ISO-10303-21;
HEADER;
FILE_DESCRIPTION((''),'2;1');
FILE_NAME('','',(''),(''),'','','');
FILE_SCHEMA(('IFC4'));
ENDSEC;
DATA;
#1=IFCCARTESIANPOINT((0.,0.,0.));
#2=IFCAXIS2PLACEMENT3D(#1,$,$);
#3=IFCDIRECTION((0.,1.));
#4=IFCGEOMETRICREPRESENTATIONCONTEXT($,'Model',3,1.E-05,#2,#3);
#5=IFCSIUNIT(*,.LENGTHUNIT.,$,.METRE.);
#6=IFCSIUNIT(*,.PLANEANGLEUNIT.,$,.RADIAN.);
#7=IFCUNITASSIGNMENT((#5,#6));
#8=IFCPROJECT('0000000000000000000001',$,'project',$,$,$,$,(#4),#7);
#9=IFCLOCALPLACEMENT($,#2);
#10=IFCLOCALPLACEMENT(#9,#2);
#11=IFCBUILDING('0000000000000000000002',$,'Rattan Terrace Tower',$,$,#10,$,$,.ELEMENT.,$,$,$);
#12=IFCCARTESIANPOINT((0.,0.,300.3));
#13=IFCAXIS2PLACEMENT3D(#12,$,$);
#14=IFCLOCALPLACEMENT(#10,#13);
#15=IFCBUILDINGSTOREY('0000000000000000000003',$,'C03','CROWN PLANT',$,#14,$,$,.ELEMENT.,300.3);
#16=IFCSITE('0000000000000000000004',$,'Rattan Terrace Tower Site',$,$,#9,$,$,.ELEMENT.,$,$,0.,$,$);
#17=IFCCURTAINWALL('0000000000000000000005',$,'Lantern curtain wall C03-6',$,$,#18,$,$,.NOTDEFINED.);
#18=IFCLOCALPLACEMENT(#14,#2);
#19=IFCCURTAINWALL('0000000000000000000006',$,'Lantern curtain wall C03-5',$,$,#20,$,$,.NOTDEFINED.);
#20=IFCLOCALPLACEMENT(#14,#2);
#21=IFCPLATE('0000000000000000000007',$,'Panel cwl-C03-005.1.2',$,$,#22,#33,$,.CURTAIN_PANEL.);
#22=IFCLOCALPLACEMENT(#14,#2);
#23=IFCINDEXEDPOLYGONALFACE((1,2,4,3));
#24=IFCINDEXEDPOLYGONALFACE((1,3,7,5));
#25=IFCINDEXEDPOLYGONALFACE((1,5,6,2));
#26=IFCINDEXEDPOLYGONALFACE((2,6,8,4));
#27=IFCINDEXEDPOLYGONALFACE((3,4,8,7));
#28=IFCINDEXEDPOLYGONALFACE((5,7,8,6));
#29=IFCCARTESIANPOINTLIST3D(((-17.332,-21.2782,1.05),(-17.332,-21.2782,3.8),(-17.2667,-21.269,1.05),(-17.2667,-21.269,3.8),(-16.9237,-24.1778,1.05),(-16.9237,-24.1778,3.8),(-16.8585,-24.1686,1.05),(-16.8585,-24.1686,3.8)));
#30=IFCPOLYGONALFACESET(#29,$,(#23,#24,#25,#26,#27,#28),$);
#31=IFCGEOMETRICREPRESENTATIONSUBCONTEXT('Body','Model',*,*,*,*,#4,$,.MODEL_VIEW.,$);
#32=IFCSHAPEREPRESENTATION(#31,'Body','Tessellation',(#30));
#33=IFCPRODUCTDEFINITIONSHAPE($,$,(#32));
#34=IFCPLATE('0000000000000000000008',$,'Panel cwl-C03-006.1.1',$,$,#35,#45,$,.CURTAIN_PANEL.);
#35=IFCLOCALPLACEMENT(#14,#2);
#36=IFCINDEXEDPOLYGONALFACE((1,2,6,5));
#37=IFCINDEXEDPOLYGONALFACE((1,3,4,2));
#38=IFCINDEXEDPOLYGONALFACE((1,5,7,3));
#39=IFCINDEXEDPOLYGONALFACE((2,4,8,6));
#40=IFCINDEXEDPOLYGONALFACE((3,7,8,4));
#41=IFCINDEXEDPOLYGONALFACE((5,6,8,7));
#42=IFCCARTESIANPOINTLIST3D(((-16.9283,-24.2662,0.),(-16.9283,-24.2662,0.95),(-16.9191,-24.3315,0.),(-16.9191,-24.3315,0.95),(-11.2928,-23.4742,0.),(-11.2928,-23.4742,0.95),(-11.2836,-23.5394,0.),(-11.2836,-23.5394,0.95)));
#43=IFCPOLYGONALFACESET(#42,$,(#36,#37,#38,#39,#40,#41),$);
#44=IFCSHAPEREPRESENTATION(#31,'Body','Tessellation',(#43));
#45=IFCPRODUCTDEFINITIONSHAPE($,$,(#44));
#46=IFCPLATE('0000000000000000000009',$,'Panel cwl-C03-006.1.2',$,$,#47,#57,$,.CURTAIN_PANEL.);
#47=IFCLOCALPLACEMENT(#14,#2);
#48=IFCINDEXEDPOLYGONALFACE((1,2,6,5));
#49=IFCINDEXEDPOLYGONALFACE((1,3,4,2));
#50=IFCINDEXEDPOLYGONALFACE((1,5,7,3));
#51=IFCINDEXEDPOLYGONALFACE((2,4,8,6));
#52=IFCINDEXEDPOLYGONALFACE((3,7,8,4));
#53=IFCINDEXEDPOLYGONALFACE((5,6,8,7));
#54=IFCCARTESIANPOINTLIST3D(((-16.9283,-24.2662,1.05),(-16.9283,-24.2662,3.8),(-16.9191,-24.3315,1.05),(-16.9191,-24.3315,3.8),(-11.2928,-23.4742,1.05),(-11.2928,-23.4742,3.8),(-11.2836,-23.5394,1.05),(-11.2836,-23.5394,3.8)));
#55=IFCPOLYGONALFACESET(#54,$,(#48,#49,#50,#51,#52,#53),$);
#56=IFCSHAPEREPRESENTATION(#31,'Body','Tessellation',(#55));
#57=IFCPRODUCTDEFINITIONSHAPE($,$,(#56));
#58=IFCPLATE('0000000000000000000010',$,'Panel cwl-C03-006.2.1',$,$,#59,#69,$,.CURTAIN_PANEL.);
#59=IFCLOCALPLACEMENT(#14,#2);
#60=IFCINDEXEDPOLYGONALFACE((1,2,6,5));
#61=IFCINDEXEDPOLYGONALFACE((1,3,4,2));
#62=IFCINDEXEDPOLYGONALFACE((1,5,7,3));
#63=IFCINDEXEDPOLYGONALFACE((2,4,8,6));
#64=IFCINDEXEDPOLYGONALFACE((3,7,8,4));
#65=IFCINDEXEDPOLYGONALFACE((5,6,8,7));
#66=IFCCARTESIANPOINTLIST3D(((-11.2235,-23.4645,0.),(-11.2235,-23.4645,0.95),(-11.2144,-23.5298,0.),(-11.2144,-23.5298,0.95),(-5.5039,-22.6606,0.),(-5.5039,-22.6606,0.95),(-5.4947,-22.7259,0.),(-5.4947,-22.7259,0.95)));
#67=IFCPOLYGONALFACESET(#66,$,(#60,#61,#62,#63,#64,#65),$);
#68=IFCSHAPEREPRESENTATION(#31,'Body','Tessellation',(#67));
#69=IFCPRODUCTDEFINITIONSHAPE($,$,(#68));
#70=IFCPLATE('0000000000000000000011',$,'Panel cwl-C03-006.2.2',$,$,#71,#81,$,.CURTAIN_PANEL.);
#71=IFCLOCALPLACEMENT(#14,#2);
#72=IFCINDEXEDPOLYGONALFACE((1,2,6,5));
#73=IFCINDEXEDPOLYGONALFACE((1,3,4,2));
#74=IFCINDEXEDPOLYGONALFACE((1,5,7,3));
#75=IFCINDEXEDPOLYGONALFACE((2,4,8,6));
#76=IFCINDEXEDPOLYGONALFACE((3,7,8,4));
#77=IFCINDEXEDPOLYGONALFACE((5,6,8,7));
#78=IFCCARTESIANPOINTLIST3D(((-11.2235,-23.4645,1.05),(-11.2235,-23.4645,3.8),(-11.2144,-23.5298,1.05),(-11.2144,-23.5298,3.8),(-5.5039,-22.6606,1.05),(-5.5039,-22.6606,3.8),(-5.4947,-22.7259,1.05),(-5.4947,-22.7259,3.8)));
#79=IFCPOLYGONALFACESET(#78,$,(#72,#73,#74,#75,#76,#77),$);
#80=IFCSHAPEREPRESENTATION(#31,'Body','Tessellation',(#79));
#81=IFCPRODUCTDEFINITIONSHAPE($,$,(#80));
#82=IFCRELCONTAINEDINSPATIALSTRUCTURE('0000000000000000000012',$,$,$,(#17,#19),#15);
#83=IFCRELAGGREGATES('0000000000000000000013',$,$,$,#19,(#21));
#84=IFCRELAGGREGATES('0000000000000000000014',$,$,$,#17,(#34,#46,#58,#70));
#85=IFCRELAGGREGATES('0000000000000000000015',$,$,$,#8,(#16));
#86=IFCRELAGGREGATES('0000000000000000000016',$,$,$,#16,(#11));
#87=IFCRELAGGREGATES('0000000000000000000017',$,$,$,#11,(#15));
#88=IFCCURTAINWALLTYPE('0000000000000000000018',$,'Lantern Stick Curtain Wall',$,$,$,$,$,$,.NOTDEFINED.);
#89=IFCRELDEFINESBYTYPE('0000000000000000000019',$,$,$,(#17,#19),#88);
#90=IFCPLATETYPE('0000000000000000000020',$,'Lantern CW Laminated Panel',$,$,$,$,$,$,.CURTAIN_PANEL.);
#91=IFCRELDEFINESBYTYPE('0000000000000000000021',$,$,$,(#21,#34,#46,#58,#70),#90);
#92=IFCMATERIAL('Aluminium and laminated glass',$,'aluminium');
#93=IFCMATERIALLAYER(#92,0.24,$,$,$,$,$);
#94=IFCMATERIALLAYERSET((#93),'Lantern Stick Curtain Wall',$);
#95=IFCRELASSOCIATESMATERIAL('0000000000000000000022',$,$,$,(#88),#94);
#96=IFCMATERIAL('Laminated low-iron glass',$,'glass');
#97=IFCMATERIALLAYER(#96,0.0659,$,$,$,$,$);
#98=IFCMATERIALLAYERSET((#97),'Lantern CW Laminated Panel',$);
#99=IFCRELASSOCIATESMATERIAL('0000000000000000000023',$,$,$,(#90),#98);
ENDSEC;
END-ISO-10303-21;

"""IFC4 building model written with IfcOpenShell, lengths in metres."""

from ifc_helpers import new_model, si_unit, direction, frame, origin, origin_2d, place, context, subcontext, project, spatial, rectangle, extrude, material, layer, layer_set, type_object, element, aggregate, save


model = new_model("IFC4")

# Units and contexts
model_context = context("Model", 3, precision=1e-05, world=origin(), true_north=direction((0.0, 1.0)))
body_context = subcontext(model_context, "Body", "Model", "MODEL_VIEW")
ifc_project = project(units=[si_unit("LENGTHUNIT", "METRE"), si_unit("PLANEANGLEUNIT", "RADIAN")], contexts=[model_context])

# Site, building, storey
site_placement = place(None, origin())
site = spatial("IfcSite", under=ifc_project, at=site_placement, Name="Rattan Terrace Tower Site", CompositionType="ELEMENT", RefElevation=0.0)
building_placement = place(site_placement, origin())
building = spatial("IfcBuilding", under=site, at=building_placement, Name="Rattan Terrace Tower", CompositionType="ELEMENT")
storey_placement = place(building_placement, frame((0.0, 0.0, 300.3)))
storey = spatial("IfcBuildingStorey", under=building, at=storey_placement, Name="C03", Description="CROWN PLANT", CompositionType="ELEMENT", Elevation=300.3)

# Curtain wall
ifc_material_1 = material(Name="Aluminium and laminated glass", Category="aluminium")
ifc_layer_1 = layer(ifc_material_1, 0.24)
ifc_layer_set_1 = layer_set([ifc_layer_1], Name="Lantern Stick Curtain Wall")
curtain_wall_type = type_object("IfcCurtainWallType", Name="Lantern Stick Curtain Wall", PredefinedType="NOTDEFINED", material=ifc_layer_set_1)
curtain_wall_1_placement = place(storey_placement, origin())
curtain_wall_1 = element("IfcCurtainWall", 1, at=curtain_wall_1_placement, inside=storey, type_object=curtain_wall_type, Name="Lantern curtain wall C03-6", PredefinedType="NOTDEFINED")

# Curtain wall, plate
curtain_wall_2_placement = place(storey_placement, origin())
curtain_wall_2 = element("IfcCurtainWall", 2, at=curtain_wall_2_placement, inside=storey, type_object=curtain_wall_type, Name="Lantern curtain wall C03-5", PredefinedType="NOTDEFINED")
ifc_material_2 = material(Name="Laminated low-iron glass", Category="glass")
ifc_layer_2 = layer(ifc_material_2, 0.0659)
ifc_layer_set_2 = layer_set([ifc_layer_2], Name="Lantern CW Laminated Panel")
plate_type = type_object("IfcPlateType", Name="Lantern CW Laminated Panel", PredefinedType="CURTAIN_PANEL", material=ifc_layer_set_2)
plate_1_placement = place(storey_placement, frame((-17.0952, -22.7234, 1.05), z_axis=(0.0, 0.0, 1.0), x_axis=(0.139413, -0.990234, 0.0)))
plate_1 = element("IfcPlate", 3, at=plate_1_placement, type_object=plate_type, Name="Panel cwl-C03-005.1.2", PredefinedType="CURTAIN_PANEL", context=body_context, shape_type="SweptSolid", body=[
    extrude(rectangle(XDim=2.9282, YDim=0.0659, at=origin_2d()), origin(), (0.0, 0.0, 1.0), 2.75),
])
aggregate(curtain_wall_2, [plate_1])

# Plates
plate_2_placement = place(storey_placement, frame((-14.106, -23.9028, 0.0), z_axis=(0.0, 0.0, 1.0), x_axis=(0.990267, 0.139181, 0.0)))
plate_2 = element("IfcPlate", 4, at=plate_2_placement, type_object=plate_type, Name="Panel cwl-C03-006.1.1", PredefinedType="CURTAIN_PANEL", context=body_context, shape_type="SweptSolid", body=[
    extrude(rectangle(XDim=5.6909, YDim=0.0659, at=origin_2d()), origin(), (0.0, 0.0, 1.0), 0.95),
])
plate_3_placement = place(storey_placement, frame((-14.106, -23.9028, 1.05), z_axis=(0.0, 0.0, 1.0), x_axis=(0.990267, 0.139181, 0.0)))
plate_3 = element("IfcPlate", 5, at=plate_3_placement, type_object=plate_type, Name="Panel cwl-C03-006.1.2", PredefinedType="CURTAIN_PANEL", context=body_context, shape_type="SweptSolid", body=[
    extrude(rectangle(XDim=5.6909, YDim=0.0659, at=origin_2d()), origin(), (0.0, 0.0, 1.0), 2.75),
])
plate_4_placement = place(storey_placement, frame((-8.3591, -23.0952, 0.0), z_axis=(0.0, 0.0, 1.0), x_axis=(0.990267, 0.139181, 0.0)))
plate_4 = element("IfcPlate", 6, at=plate_4_placement, type_object=plate_type, Name="Panel cwl-C03-006.2.1", PredefinedType="CURTAIN_PANEL", context=body_context, shape_type="SweptSolid", body=[
    extrude(rectangle(XDim=5.7759, YDim=0.0659, at=origin_2d()), origin(), (0.0, 0.0, 1.0), 0.95),
])
plate_5_placement = place(storey_placement, frame((-8.3591, -23.0952, 1.05), z_axis=(0.0, 0.0, 1.0), x_axis=(0.990267, 0.139181, 0.0)))
plate_5 = element("IfcPlate", 7, at=plate_5_placement, type_object=plate_type, Name="Panel cwl-C03-006.2.2", PredefinedType="CURTAIN_PANEL", context=body_context, shape_type="SweptSolid", body=[
    extrude(rectangle(XDim=5.7759, YDim=0.0659, at=origin_2d()), origin(), (0.0, 0.0, 1.0), 2.75),
])
aggregate(curtain_wall_1, [plate_2, plate_3, plate_4, plate_5])

save(model, "model.ifc")
